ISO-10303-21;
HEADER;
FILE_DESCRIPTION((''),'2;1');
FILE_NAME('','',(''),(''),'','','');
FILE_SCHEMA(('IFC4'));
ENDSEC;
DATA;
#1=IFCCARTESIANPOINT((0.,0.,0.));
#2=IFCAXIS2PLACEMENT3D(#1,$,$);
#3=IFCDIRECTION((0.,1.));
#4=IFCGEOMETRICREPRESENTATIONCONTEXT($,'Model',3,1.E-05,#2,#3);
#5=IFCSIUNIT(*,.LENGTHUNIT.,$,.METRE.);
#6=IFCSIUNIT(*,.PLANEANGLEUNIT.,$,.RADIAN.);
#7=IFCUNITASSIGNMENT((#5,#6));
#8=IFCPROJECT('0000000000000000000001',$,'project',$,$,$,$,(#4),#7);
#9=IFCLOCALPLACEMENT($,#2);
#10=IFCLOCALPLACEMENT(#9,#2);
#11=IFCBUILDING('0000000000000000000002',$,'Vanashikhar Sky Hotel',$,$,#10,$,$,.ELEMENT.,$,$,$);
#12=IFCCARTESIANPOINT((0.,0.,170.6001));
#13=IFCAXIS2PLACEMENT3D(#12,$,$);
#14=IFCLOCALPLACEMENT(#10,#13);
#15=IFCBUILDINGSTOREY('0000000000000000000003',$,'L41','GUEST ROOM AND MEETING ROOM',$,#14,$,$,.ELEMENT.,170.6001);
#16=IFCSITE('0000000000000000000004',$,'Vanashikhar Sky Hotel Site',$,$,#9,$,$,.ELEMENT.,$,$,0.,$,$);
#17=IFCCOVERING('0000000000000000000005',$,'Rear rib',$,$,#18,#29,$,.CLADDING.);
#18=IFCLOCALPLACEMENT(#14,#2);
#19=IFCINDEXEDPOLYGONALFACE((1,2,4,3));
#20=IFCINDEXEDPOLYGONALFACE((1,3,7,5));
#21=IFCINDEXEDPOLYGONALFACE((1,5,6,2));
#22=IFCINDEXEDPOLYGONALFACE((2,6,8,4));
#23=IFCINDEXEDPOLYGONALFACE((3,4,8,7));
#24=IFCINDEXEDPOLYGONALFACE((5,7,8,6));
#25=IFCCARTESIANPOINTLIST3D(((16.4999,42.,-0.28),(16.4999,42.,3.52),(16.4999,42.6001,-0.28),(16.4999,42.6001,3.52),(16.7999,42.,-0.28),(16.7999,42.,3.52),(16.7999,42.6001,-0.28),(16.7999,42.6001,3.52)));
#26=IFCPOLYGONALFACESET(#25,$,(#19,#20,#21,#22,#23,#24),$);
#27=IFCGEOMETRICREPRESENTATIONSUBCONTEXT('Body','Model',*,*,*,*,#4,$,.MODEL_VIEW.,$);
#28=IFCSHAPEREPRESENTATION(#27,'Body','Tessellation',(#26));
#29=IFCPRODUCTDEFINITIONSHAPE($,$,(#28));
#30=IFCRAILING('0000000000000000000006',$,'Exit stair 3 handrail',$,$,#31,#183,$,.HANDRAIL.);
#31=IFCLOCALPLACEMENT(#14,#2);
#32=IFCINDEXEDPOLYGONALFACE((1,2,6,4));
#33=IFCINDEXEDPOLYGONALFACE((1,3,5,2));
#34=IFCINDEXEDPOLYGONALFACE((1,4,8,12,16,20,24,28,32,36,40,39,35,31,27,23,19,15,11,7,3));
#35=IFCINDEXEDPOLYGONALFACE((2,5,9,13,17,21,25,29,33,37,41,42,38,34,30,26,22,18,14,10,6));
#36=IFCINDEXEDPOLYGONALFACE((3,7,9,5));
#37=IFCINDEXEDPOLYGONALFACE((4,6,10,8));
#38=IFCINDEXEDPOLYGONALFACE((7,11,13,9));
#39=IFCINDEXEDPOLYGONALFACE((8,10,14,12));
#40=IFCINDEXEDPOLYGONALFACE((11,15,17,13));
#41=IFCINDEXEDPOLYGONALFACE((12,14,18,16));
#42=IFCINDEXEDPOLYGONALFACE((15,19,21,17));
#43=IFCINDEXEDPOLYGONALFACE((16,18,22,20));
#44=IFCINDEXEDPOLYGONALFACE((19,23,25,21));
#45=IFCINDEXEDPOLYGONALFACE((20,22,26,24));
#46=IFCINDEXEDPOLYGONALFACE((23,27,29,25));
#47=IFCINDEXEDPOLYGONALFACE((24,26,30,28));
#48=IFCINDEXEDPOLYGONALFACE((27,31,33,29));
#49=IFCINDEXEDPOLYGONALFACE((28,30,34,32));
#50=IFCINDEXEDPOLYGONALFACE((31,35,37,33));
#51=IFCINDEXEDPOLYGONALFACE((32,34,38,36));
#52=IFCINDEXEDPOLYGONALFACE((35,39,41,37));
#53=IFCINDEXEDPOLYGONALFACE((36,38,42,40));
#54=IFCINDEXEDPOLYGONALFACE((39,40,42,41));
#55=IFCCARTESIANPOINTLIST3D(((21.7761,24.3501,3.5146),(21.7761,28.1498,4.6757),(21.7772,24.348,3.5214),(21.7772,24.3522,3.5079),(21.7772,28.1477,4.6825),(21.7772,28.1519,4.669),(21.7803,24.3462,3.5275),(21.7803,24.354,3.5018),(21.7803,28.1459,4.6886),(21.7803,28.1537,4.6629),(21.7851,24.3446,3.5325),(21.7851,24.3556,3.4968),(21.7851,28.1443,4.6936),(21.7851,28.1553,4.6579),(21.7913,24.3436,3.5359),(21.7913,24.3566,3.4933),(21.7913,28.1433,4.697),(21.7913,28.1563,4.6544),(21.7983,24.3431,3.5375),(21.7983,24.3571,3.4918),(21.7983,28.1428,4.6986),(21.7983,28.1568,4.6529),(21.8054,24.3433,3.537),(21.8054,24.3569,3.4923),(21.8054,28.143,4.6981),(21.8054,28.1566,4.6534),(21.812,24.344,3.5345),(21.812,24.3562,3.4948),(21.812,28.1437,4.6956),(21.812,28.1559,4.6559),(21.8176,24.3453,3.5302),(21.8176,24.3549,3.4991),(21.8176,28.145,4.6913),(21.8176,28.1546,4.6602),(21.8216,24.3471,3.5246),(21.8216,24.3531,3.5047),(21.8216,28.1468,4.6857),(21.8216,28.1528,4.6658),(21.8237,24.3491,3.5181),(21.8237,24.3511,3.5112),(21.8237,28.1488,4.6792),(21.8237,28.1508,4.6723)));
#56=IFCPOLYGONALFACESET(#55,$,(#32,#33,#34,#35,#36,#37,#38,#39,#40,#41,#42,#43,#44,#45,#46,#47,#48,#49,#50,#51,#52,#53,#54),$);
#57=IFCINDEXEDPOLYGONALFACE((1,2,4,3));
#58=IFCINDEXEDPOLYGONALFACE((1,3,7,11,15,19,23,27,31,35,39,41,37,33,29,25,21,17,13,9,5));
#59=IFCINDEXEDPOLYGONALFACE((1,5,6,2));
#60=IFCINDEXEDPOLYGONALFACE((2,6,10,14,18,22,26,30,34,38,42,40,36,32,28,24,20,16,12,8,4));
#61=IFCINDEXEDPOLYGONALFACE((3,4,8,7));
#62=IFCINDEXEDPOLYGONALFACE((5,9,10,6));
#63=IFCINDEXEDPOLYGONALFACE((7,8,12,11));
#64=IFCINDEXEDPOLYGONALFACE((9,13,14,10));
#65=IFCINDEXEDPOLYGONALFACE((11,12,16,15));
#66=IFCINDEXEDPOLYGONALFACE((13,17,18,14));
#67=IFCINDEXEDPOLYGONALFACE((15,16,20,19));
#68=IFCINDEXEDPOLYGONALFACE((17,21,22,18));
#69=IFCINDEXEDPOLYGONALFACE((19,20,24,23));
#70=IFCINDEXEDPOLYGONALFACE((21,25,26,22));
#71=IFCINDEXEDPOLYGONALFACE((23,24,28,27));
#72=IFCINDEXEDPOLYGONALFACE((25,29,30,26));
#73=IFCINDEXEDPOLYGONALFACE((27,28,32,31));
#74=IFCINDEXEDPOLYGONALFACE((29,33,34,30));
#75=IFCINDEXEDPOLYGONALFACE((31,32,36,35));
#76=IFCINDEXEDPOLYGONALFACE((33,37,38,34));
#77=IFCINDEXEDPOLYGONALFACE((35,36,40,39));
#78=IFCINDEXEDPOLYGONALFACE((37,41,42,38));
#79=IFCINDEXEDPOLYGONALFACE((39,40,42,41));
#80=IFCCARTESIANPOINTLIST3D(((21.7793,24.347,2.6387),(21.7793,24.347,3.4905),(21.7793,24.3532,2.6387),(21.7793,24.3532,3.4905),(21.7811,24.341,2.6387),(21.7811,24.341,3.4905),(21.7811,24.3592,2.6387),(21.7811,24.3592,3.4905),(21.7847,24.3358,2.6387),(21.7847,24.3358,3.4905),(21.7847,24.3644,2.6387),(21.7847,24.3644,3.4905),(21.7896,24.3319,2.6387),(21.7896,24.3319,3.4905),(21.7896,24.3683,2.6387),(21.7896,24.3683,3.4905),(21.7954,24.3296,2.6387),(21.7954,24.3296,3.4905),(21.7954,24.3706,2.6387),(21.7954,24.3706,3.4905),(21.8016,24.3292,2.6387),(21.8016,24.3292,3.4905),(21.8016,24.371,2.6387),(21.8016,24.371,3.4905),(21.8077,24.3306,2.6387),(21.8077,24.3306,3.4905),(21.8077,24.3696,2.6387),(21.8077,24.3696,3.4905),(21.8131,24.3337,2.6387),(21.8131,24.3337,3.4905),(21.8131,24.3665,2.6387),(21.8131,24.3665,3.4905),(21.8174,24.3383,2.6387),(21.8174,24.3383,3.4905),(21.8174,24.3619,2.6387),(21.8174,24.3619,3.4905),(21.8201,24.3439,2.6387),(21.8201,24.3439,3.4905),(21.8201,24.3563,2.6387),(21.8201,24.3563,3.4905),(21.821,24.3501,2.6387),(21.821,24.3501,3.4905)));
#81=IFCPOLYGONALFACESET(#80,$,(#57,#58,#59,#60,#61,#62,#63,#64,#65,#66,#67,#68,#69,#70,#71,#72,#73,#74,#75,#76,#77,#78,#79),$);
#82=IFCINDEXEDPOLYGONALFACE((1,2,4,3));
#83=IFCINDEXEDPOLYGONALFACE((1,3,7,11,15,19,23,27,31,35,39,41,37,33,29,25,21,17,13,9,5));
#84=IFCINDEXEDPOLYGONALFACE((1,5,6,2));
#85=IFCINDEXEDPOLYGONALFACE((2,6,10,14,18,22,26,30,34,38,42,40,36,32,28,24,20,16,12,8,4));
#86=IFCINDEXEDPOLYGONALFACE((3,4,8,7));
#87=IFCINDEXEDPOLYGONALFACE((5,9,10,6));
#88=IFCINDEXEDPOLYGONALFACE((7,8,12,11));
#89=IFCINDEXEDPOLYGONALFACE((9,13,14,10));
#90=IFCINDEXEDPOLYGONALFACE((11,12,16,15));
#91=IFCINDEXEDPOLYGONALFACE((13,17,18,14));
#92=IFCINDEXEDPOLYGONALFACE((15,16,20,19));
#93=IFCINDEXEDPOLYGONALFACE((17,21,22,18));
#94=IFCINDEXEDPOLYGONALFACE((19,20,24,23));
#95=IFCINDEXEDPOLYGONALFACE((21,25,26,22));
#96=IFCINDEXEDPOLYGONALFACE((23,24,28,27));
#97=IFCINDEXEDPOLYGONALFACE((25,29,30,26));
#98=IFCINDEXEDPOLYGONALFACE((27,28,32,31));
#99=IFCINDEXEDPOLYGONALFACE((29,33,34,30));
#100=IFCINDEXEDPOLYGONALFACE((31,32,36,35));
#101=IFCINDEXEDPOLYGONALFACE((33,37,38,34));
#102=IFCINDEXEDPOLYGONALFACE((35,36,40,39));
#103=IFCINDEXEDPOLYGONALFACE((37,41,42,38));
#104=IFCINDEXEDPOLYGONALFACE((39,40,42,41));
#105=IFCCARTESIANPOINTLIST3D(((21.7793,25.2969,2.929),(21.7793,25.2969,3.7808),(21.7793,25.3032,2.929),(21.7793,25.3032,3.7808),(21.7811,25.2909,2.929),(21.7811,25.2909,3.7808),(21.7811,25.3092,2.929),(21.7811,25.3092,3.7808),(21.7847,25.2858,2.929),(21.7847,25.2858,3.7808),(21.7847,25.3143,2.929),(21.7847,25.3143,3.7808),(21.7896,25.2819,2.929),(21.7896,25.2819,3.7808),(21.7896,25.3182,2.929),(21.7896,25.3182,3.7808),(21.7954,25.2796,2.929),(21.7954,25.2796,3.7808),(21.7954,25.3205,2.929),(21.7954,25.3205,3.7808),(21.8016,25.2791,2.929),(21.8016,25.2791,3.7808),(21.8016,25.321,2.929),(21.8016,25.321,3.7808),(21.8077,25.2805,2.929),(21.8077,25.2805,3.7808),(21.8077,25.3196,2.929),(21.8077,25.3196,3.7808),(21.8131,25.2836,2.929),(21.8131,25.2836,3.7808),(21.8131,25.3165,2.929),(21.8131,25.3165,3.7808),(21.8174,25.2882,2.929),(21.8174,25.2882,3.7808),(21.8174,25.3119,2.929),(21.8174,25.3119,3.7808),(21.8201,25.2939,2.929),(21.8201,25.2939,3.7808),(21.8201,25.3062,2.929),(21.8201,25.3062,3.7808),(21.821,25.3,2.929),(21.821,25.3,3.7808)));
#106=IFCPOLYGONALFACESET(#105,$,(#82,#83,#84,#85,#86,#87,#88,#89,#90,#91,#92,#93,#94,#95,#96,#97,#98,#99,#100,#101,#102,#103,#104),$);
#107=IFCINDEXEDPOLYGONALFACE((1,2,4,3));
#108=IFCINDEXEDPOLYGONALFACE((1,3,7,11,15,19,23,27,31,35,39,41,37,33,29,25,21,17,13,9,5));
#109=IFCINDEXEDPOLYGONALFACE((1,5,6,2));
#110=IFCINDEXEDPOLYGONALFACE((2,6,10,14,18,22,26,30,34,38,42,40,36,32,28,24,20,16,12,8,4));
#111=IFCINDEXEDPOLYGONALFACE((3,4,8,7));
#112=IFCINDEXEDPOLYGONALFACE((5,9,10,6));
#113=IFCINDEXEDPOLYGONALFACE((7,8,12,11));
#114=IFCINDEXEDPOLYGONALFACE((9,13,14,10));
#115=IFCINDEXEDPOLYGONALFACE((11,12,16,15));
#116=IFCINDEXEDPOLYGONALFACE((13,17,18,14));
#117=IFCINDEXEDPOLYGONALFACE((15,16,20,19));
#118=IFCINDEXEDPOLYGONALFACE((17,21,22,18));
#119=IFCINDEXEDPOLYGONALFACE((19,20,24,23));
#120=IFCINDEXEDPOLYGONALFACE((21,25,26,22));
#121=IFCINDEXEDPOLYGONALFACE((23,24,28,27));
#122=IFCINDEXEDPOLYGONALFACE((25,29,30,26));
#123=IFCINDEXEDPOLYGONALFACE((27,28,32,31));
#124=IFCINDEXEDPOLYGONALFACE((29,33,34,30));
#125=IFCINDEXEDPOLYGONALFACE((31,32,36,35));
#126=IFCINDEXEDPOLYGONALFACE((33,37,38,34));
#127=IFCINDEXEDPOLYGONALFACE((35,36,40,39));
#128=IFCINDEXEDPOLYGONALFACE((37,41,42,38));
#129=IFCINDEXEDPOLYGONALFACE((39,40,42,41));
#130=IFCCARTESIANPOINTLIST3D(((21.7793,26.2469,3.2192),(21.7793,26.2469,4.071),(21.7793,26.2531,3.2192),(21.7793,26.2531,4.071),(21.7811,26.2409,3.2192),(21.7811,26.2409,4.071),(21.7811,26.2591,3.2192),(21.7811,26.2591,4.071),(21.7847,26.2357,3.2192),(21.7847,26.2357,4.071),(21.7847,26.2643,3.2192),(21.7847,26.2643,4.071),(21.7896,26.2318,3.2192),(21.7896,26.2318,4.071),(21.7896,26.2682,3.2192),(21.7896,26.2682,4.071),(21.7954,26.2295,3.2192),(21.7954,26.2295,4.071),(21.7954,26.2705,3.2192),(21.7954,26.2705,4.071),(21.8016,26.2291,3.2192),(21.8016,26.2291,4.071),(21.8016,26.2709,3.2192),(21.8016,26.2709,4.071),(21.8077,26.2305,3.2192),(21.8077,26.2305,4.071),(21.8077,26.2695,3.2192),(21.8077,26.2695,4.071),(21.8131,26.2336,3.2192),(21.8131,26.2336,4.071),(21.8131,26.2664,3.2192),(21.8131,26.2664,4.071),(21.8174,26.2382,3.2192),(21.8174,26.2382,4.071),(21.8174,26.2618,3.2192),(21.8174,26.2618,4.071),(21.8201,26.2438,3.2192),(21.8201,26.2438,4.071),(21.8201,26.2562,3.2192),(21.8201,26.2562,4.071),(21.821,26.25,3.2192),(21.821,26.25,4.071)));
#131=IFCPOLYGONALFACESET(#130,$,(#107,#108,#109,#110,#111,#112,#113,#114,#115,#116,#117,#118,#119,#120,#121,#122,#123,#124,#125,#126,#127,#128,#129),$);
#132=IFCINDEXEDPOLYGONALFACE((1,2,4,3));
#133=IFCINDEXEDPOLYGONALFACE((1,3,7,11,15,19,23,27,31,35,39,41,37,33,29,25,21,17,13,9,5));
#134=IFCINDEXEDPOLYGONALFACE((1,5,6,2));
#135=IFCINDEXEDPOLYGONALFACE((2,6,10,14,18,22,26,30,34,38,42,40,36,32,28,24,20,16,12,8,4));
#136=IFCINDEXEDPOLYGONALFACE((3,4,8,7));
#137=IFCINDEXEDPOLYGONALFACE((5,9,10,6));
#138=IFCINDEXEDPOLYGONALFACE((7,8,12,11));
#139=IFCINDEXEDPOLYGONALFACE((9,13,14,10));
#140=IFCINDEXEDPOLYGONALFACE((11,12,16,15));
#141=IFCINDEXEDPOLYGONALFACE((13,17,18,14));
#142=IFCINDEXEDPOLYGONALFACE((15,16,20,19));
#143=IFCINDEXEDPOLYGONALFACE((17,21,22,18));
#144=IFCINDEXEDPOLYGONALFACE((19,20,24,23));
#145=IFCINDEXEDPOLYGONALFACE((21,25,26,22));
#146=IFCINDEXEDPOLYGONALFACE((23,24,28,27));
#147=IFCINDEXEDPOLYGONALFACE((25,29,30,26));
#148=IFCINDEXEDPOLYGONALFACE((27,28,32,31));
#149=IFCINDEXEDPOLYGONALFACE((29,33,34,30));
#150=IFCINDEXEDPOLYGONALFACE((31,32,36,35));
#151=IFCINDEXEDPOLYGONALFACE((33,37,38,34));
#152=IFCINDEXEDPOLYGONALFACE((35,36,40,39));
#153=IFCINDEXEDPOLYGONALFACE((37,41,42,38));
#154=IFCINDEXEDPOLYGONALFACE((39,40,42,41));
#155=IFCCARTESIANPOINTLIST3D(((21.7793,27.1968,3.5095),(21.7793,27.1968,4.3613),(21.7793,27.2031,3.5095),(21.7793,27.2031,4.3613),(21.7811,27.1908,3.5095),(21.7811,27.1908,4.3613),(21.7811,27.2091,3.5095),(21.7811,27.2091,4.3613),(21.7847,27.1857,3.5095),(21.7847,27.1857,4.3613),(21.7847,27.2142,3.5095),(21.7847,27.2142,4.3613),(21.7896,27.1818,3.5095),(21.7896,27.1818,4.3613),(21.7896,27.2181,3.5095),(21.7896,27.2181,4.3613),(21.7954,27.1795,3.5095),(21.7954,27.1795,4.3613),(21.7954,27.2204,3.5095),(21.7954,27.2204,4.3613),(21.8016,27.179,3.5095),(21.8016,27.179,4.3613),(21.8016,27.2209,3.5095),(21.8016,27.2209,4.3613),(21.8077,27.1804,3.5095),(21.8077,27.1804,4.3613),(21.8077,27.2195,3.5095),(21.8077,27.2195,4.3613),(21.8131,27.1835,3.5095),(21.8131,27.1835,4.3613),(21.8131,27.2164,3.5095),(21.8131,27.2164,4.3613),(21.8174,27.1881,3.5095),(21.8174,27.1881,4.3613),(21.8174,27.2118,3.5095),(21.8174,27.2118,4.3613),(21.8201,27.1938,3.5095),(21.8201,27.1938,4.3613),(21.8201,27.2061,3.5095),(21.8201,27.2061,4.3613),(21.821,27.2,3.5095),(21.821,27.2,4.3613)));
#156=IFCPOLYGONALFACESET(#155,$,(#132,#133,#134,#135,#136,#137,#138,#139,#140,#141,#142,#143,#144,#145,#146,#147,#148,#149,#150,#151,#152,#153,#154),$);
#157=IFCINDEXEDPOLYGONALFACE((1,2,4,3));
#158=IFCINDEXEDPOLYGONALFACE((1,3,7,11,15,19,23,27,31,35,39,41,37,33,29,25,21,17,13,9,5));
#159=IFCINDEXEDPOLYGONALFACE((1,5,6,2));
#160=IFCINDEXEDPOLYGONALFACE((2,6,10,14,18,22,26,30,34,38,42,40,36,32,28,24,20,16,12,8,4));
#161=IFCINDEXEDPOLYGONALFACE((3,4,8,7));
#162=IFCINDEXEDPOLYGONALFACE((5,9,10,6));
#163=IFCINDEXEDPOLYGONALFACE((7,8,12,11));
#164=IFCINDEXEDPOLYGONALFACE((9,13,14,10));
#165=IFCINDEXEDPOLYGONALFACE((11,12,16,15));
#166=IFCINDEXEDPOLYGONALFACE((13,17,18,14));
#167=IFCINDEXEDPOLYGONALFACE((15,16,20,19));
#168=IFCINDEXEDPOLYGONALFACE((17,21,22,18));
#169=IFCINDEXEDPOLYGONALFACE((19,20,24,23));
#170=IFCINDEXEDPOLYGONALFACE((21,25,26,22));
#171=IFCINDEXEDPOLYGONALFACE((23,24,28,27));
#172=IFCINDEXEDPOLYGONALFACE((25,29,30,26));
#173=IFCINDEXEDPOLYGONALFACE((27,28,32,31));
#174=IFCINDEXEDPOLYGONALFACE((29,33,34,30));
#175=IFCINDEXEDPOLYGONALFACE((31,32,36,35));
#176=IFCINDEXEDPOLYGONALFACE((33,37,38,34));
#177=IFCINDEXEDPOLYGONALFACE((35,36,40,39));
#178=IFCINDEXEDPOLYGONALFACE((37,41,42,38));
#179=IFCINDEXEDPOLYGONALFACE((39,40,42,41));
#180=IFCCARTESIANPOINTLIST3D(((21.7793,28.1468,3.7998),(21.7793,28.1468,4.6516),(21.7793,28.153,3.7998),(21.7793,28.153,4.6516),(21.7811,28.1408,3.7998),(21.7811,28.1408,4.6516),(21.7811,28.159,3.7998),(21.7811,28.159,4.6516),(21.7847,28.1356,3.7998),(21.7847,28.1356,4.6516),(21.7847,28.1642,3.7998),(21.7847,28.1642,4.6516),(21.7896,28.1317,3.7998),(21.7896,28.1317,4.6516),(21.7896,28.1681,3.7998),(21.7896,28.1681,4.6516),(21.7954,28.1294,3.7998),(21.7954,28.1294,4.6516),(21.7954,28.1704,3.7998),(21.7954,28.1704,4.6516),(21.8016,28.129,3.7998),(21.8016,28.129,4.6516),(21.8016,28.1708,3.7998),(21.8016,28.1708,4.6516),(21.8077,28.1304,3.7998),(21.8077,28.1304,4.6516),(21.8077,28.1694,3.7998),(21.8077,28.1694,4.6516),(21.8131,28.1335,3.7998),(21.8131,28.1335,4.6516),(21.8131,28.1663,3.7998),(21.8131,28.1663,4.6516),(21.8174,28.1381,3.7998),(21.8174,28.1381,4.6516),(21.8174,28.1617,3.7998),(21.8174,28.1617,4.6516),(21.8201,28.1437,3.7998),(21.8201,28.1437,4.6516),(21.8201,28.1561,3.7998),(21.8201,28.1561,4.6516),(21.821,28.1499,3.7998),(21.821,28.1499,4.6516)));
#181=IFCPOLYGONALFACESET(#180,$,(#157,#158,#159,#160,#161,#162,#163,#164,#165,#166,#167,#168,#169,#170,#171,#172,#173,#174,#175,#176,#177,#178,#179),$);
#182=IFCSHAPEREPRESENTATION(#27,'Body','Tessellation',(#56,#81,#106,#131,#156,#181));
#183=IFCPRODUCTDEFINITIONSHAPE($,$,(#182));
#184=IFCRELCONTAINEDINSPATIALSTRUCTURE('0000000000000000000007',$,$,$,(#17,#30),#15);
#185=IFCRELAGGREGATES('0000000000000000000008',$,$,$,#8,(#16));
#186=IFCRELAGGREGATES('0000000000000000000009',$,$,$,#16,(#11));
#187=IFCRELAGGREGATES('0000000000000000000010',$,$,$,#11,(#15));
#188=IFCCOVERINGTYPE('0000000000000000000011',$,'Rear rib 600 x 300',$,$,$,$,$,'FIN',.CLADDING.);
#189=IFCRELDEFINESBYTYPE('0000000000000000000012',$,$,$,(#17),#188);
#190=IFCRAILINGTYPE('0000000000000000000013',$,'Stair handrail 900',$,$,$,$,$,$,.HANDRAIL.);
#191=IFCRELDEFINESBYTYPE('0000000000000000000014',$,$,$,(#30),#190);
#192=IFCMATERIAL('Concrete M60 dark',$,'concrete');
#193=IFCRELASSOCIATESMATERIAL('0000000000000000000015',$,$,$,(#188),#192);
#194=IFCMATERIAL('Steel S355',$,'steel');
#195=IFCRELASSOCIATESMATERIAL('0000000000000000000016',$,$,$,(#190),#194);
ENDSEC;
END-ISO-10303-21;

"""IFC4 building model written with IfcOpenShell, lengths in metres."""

from ifc_helpers import new_model, si_unit, direction, frame, origin, origin_2d, place, context, subcontext, project, spatial, rectangle, circle, extrude, source, transform, mapped, material, material_profile, profile_set, type_object, element, save


model = new_model("IFC4")

# Units and contexts
model_context = context("Model", 3, precision=1e-05, world=origin(), true_north=direction((0.0, 1.0)))
body_context = subcontext(model_context, "Body", "Model", "MODEL_VIEW")
ifc_project = project(units=[si_unit("LENGTHUNIT", "METRE"), si_unit("PLANEANGLEUNIT", "RADIAN")], contexts=[model_context])

# Site, building, storey
site_placement = place(None, origin())
site = spatial("IfcSite", under=ifc_project, at=site_placement, Name="Vanashikhar Sky Hotel Site", CompositionType="ELEMENT", RefElevation=0.0)
building_placement = place(site_placement, origin())
building = spatial("IfcBuilding", under=site, at=building_placement, Name="Vanashikhar Sky Hotel", CompositionType="ELEMENT")
storey_placement = place(building_placement, frame((0.0, 0.0, 170.6001)))
storey = spatial("IfcBuildingStorey", under=building, at=storey_placement, Name="L41", Description="GUEST ROOM AND MEETING ROOM", CompositionType="ELEMENT", Elevation=170.6001)

# Covering
ifc_material_1 = material(Name="Concrete M60 dark", Category="concrete")
ifc_material_profile_1 = material_profile(ifc_material_1, rectangle(XDim=0.6001, YDim=0.3, at=origin_2d()))
ifc_profile_set_1 = profile_set([ifc_material_profile_1], Name="Rear rib 600 x 300")
covering_type_1 = type_object("IfcCoveringType", Name="Rear rib 600 x 300", ElementType="FIN", PredefinedType="CLADDING", material=ifc_profile_set_1)
shared_shape_1 = source(origin(), body_context, "Body", "SweptSolid", [
    extrude(rectangle(XDim=0.6001, YDim=0.3, at=origin_2d()), origin(), (0.0, 0.0, 1.0), 3.8),
])
for number, where, z_axis, x_axis, name in (
    (1, (16.6499, 42.3, -0.28), (0.0, 0.0, 1.0), (0.0, 1.0, 0.0), "Rear rib"),
):
    element("IfcCovering", number, at=place(storey_placement, frame(where, z_axis=z_axis, x_axis=x_axis)), inside=storey, type_object=covering_type_1, Name=name, PredefinedType="CLADDING", context=body_context, shape_type="MappedRepresentation", body=[
        mapped(shared_shape_1, transform((0.0, 0.0, 0.0), scale=1.0)),
    ])

# Railing
ifc_material_2 = material(Name="Steel S355", Category="steel")
railing_type = type_object("IfcRailingType", Name="Stair handrail 900", PredefinedType="HANDRAIL", material=ifc_material_2)
shared_shape_2 = source(origin(), body_context, "Body", "SweptSolid", [
    extrude(circle(Radius=0.0239, at=origin_2d()), frame((0.0, 0.0, 0.876), z_axis=(0.0, 0.956346, 0.292237), x_axis=(-1.0, 0.0, 0.0)), (0.0, 0.0, 1.0), 3.9731),
    extrude(circle(Radius=0.021, at=origin_2d()), origin(), (0.0, 0.0, 1.0), 0.8518),
    extrude(circle(Radius=0.021, at=origin_2d()), frame((0.0, 0.95, 0.2903)), (0.0, 0.0, 1.0), 0.8518),
    extrude(circle(Radius=0.021, at=origin_2d()), frame((0.0, 1.8999, 0.5806)), (0.0, 0.0, 1.0), 0.8518),
    extrude(circle(Radius=0.021, at=origin_2d()), frame((0.0, 2.8499, 0.8708)), (0.0, 0.0, 1.0), 0.8518),
    extrude(circle(Radius=0.021, at=origin_2d()), frame((0.0, 3.7998, 1.1611)), (0.0, 0.0, 1.0), 0.8518),
])
railing_1_placement = place(storey_placement, frame((21.8, 24.3501, 2.6387)))
element("IfcRailing", 2, at=railing_1_placement, inside=storey, type_object=railing_type, Name="Exit stair 3 handrail", PredefinedType="HANDRAIL", context=body_context, shape_type="MappedRepresentation", body=[
    mapped(shared_shape_2, transform((0.0, 0.0, 0.0), scale=1.0)),
])

save(model, "model.ifc")
